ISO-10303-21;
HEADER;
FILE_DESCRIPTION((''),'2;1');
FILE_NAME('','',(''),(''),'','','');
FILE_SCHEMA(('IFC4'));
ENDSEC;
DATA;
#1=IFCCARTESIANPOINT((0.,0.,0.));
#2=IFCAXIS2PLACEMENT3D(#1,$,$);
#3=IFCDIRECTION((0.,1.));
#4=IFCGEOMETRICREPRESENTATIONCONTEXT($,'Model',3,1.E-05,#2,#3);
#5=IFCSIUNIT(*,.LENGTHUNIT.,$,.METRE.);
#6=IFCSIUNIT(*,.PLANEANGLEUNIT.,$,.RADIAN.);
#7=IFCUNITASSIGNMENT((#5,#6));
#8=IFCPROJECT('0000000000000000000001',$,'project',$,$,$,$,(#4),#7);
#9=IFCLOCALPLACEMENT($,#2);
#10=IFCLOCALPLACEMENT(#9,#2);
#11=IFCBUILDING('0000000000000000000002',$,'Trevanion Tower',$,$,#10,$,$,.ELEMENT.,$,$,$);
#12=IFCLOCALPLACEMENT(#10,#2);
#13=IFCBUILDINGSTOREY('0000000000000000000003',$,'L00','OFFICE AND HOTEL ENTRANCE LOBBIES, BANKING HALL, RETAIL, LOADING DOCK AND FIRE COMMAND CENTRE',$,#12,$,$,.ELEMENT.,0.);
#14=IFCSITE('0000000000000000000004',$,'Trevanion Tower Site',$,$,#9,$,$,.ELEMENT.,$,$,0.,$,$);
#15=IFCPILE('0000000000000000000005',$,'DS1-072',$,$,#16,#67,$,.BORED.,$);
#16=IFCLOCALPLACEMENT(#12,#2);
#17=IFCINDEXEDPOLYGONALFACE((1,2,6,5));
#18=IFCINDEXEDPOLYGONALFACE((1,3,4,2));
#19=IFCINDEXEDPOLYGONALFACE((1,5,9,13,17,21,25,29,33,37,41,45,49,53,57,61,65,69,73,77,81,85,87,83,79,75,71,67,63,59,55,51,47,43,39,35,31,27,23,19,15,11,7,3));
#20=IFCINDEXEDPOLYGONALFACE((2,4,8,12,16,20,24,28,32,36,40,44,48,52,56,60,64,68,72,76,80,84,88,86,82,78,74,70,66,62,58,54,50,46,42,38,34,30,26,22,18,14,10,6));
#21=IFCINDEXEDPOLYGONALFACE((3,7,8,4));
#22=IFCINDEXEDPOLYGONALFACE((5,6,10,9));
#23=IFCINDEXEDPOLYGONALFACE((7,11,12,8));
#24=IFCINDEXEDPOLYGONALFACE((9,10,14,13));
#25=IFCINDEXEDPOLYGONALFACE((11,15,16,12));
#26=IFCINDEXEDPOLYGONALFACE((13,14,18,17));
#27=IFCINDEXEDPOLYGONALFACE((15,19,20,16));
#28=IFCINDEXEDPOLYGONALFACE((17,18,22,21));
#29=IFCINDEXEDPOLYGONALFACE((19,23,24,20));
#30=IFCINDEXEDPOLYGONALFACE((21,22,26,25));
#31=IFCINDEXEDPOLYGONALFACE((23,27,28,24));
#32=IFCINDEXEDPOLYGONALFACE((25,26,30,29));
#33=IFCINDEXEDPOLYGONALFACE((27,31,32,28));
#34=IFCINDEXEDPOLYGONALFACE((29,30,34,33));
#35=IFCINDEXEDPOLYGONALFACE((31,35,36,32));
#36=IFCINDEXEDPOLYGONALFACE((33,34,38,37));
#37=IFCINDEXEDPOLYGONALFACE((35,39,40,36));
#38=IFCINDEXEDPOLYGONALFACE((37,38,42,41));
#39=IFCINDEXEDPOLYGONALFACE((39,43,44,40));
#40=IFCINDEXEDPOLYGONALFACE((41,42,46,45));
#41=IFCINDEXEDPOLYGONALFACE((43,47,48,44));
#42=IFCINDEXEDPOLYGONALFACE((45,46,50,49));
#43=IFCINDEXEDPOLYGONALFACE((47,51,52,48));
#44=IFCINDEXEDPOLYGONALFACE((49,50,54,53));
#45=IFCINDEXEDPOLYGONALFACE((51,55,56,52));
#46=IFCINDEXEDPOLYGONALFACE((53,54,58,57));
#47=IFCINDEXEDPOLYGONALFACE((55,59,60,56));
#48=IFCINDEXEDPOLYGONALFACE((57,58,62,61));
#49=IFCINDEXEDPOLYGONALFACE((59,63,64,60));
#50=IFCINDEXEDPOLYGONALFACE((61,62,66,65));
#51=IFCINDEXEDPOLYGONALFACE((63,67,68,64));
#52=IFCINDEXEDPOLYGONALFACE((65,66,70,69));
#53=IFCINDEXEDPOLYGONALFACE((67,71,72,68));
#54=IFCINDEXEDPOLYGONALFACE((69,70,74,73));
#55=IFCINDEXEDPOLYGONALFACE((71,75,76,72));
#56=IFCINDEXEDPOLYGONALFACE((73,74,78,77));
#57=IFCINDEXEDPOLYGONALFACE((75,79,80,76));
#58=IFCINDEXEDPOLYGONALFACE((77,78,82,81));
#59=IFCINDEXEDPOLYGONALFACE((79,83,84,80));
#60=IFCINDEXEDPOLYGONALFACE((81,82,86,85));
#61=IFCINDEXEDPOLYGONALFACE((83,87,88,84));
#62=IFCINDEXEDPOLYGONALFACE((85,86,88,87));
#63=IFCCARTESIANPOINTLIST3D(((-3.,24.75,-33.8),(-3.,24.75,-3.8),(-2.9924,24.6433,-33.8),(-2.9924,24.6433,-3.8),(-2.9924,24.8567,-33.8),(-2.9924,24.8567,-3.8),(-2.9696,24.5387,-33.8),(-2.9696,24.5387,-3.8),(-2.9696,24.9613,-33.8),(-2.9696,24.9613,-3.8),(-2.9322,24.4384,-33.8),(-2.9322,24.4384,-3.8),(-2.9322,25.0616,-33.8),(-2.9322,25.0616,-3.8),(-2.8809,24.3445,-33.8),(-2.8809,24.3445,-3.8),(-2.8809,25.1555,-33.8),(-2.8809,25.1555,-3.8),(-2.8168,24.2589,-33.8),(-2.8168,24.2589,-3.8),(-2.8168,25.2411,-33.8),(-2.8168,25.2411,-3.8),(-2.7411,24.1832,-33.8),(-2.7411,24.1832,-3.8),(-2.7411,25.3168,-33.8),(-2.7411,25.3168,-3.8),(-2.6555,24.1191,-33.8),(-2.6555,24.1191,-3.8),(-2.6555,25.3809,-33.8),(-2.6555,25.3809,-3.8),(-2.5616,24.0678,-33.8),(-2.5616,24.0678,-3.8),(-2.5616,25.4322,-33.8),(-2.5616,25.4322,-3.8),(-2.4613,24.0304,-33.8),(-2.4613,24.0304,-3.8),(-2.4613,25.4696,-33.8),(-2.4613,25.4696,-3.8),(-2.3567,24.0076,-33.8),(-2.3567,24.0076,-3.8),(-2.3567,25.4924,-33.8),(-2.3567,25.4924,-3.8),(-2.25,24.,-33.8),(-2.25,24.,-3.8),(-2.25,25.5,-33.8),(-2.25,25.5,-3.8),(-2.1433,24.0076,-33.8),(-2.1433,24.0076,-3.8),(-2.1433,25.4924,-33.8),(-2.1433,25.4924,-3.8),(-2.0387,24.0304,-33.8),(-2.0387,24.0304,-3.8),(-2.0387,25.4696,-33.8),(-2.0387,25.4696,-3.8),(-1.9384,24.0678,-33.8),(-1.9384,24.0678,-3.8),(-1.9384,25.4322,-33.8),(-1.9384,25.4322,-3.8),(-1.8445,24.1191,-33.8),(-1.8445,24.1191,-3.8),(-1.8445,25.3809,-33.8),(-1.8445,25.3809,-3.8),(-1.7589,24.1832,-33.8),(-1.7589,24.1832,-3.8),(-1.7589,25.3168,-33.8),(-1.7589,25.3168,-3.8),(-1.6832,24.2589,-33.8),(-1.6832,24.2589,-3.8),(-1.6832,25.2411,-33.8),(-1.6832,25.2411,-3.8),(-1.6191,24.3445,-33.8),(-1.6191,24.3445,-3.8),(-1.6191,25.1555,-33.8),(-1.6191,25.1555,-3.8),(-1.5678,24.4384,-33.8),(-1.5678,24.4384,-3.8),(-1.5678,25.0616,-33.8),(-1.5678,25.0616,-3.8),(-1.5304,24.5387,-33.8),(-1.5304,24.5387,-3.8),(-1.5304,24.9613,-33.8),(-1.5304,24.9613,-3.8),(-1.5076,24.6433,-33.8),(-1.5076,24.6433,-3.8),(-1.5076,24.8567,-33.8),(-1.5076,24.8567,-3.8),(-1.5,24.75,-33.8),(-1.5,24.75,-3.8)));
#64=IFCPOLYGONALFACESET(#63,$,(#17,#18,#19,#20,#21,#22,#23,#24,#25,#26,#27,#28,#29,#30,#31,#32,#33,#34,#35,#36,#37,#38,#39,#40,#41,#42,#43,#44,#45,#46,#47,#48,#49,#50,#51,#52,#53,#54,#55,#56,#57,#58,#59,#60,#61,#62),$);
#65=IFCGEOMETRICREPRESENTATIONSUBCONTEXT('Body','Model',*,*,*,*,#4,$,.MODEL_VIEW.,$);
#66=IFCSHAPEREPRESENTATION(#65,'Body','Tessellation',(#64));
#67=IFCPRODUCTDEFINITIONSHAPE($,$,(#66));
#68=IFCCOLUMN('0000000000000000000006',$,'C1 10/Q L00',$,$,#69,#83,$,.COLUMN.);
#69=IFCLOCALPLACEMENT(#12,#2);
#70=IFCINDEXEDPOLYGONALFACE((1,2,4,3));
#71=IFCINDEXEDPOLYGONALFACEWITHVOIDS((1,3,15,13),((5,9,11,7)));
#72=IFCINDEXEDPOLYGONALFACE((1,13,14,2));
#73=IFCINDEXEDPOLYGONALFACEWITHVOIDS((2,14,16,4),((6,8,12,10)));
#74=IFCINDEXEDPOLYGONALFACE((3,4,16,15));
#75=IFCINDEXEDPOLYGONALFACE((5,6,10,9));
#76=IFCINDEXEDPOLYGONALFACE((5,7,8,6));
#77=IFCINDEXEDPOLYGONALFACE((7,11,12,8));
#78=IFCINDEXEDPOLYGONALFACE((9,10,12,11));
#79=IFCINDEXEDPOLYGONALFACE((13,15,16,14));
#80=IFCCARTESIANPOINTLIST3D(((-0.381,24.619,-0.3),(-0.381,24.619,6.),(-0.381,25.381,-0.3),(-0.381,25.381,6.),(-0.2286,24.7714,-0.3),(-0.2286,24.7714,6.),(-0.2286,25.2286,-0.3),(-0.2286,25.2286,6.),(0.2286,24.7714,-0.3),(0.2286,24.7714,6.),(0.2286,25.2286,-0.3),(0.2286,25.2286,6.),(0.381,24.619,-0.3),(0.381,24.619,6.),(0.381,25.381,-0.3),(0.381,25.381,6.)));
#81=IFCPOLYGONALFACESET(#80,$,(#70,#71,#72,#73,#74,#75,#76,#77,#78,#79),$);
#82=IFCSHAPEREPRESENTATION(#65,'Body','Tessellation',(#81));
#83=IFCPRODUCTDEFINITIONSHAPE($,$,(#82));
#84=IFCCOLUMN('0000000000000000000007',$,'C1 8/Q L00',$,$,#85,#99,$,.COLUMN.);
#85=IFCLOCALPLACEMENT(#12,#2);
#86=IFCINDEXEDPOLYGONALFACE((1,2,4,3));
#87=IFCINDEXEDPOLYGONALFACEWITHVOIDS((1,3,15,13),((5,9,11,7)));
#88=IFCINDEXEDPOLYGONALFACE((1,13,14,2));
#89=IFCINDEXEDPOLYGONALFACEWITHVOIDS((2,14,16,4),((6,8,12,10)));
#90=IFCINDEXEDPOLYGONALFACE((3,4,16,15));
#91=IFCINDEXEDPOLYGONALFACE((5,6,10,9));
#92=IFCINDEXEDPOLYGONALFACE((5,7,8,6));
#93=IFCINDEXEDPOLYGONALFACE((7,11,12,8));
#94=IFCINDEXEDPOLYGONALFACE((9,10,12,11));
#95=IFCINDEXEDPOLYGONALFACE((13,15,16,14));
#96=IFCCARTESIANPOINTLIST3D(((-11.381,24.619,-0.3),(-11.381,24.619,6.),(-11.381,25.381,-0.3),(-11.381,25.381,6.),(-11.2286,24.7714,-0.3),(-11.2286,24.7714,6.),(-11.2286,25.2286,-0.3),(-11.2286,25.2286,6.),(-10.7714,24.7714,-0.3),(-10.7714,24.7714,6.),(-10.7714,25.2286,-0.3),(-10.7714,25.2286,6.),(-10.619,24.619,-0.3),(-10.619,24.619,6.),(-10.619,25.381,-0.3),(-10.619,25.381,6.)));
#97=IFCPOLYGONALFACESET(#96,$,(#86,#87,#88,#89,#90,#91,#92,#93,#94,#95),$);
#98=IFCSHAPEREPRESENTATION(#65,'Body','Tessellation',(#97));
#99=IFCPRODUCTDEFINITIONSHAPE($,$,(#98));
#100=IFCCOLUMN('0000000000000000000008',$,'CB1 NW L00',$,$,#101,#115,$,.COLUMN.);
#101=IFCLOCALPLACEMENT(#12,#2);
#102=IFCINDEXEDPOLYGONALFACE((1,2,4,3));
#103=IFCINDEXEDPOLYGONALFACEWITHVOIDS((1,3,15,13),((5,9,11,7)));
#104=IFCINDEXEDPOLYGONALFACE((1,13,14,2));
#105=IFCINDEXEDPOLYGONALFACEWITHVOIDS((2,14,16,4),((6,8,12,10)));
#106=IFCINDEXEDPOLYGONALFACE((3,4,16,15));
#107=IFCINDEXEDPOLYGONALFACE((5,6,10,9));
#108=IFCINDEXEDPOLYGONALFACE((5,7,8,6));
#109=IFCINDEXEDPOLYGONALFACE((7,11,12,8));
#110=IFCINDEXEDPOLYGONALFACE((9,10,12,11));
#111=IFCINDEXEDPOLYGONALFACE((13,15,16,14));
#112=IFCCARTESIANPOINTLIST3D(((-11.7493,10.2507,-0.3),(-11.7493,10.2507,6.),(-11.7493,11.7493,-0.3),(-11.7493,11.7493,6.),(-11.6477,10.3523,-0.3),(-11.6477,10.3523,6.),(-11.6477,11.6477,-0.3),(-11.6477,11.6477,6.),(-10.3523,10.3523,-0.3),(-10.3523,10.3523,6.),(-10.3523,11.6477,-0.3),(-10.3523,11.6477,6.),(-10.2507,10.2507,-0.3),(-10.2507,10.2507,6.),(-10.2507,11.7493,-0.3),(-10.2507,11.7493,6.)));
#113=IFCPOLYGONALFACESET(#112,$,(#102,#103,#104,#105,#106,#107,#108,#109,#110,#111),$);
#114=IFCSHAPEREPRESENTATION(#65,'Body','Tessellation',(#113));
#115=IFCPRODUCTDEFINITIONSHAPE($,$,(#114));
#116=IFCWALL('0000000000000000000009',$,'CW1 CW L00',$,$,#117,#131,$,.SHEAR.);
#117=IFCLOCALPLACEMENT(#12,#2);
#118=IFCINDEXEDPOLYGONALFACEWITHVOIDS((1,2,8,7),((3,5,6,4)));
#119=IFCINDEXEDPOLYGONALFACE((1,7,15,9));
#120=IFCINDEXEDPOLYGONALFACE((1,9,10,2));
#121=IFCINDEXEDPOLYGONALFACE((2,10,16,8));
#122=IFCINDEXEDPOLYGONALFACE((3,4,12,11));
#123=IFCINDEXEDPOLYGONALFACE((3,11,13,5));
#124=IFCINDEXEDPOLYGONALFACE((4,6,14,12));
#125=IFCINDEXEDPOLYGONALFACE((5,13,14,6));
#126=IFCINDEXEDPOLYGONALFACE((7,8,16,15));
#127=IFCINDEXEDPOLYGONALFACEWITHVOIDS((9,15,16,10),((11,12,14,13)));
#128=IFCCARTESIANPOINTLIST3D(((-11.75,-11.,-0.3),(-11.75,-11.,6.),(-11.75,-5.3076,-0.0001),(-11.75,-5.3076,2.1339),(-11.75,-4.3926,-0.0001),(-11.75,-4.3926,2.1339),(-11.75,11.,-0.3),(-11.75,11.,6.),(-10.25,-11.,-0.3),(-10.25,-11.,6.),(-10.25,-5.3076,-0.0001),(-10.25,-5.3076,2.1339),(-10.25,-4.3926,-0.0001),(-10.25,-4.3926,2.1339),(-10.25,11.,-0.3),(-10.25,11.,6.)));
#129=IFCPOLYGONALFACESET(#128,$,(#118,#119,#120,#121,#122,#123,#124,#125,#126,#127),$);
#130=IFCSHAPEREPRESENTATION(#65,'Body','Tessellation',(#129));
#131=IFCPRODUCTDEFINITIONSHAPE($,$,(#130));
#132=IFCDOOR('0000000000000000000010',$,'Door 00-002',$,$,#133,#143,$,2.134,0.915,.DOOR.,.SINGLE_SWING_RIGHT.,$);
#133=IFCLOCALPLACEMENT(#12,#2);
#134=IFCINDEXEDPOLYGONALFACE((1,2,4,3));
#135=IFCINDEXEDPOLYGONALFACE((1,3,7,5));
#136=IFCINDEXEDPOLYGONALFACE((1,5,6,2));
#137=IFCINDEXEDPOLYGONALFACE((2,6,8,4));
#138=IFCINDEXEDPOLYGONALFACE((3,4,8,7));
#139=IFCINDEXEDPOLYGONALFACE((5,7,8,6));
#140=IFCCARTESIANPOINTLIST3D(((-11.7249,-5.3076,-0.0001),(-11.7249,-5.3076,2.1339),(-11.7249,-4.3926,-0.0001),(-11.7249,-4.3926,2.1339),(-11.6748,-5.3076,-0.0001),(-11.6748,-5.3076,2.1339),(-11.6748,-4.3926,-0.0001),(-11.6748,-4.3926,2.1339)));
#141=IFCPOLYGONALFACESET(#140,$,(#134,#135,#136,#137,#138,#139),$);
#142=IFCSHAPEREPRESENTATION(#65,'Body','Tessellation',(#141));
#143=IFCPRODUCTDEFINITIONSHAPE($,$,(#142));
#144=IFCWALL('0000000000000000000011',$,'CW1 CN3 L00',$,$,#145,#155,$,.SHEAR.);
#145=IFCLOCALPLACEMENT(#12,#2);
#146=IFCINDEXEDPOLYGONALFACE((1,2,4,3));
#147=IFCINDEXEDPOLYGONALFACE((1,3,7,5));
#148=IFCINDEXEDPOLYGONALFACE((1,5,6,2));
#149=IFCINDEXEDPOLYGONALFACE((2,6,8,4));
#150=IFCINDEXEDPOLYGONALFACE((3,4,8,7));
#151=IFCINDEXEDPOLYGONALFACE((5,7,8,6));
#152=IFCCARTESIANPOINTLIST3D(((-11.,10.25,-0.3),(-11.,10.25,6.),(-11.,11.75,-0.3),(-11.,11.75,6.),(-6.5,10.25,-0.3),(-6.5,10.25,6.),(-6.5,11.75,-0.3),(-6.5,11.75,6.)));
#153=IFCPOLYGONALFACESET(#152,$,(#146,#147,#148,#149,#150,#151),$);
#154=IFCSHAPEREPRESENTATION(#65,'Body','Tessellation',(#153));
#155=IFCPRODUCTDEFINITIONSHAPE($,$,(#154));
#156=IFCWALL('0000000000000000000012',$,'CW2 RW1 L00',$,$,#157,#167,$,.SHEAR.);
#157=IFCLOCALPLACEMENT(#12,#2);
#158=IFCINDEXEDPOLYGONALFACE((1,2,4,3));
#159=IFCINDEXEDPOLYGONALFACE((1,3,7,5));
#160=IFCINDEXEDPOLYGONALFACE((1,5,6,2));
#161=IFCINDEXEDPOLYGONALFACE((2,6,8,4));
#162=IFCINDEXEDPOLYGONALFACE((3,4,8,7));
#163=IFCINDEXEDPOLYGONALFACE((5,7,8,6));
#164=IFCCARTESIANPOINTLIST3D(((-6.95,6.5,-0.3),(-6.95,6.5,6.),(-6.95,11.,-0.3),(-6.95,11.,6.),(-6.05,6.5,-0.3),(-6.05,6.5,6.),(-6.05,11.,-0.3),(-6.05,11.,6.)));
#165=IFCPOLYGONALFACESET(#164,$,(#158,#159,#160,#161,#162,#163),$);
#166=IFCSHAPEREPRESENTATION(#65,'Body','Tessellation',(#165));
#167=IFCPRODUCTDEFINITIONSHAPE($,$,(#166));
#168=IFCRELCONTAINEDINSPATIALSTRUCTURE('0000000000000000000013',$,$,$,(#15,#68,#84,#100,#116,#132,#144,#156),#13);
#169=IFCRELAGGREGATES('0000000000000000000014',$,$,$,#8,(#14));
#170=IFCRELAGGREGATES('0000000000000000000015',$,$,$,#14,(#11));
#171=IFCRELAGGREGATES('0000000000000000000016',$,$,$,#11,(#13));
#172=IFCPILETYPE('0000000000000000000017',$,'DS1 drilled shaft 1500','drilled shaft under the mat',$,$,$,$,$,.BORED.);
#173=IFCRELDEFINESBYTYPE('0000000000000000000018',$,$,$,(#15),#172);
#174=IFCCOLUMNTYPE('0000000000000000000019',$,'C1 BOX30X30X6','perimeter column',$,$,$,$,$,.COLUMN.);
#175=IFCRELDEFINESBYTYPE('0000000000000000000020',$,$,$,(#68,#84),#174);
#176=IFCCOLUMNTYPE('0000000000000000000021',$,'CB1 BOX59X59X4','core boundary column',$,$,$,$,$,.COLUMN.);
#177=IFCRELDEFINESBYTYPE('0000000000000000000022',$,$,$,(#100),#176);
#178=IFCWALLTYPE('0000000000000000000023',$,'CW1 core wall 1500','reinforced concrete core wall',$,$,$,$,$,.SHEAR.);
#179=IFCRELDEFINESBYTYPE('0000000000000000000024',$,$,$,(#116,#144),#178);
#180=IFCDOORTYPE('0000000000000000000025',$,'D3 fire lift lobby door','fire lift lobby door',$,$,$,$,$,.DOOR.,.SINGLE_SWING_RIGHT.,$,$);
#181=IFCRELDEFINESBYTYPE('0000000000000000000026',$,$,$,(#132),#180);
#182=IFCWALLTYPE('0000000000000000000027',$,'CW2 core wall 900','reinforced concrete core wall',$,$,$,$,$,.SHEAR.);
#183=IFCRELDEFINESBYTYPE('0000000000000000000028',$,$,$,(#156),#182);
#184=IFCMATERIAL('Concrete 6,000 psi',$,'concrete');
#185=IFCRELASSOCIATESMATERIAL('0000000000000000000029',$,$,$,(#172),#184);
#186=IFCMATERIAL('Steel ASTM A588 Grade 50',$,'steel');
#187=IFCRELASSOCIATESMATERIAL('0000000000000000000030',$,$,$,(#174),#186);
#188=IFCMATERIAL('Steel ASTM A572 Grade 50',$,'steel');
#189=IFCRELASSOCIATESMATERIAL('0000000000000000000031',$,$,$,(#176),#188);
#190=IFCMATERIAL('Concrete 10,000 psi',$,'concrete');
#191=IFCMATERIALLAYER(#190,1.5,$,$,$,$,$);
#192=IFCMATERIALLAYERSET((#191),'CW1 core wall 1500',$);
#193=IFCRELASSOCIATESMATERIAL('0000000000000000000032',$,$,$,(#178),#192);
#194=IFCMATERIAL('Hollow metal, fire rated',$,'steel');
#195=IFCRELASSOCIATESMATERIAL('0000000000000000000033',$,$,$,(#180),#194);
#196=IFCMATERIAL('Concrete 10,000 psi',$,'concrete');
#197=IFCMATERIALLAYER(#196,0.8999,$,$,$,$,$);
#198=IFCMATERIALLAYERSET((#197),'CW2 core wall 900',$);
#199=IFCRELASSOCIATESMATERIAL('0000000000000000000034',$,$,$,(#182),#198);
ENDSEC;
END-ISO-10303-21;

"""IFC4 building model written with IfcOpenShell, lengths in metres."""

from ifc_helpers import new_model, si_unit, direction, frame, frame_2d, origin, origin_2d, place, context, subcontext, project, spatial, rectangle, hollow_rectangle, circle, extrude, material, layer, layer_set, material_profile, profile_set, type_object, element, fill, save


model = new_model("IFC4")

# Units and contexts
model_context = context("Model", 3, precision=1e-05, world=origin(), true_north=direction((0.0, 1.0)))
body_context = subcontext(model_context, "Body", "Model", "MODEL_VIEW")
ifc_project = project(units=[si_unit("LENGTHUNIT", "METRE"), si_unit("PLANEANGLEUNIT", "RADIAN")], contexts=[model_context])

# Site, building, storey
site_placement = place(None, origin())
site = spatial("IfcSite", under=ifc_project, at=site_placement, Name="Trevanion Tower Site", CompositionType="ELEMENT", RefElevation=0.0)
building_placement = place(site_placement, origin())
building = spatial("IfcBuilding", under=site, at=building_placement, Name="Trevanion Tower", CompositionType="ELEMENT")
storey_placement = place(building_placement, origin())
storey = spatial("IfcBuildingStorey", under=building, at=storey_placement, Name="L00", Description="OFFICE AND HOTEL ENTRANCE LOBBIES, BANKING HALL, RETAIL, LOADING DOCK AND FIRE COMMAND CENTRE", CompositionType="ELEMENT", Elevation=0.0)

# Pile
ifc_material_1 = material(Name="Concrete 6,000 psi", Category="concrete")
ifc_material_profile_1 = material_profile(ifc_material_1, circle(Radius=0.75, at=origin_2d()), Name="DS1 drilled shaft 1500")
ifc_profile_set_1 = profile_set([ifc_material_profile_1], Name="Concrete 6,000 psi")
pile_type = type_object("IfcPileType", Name="DS1 drilled shaft 1500", Description="drilled shaft under the mat", PredefinedType="BORED", material=ifc_profile_set_1)
for number, where, z_axis, x_axis, name in (
    (1, (-2.25, 24.75, -3.8), (0.0, 0.0, -1.0), (1.0, 0.0, 0.0), "DS1-072"),
):
    element("IfcPile", number, at=place(storey_placement, frame(where, z_axis=z_axis, x_axis=x_axis)), inside=storey, type_object=pile_type, Name=name, PredefinedType="BORED", context=body_context, shape_type="SweptSolid", body=[
        extrude(circle(Radius=0.75, at=origin_2d()), origin(), (0.0, 0.0, 1.0), 30.0),
    ])

# Columns
ifc_material_2 = material(Name="Steel ASTM A588 Grade 50", Category="steel")
ifc_material_profile_2 = material_profile(ifc_material_2, hollow_rectangle(XDim=0.762, YDim=0.762, WallThickness=0.1523, at=origin_2d()), Name="BOX30X30X6")
ifc_profile_set_2 = profile_set([ifc_material_profile_2], Name="Steel ASTM A588 Grade 50")
column_type_1 = type_object("IfcColumnType", Name="C1 BOX30X30X6", Description="perimeter column", PredefinedType="COLUMN", material=ifc_profile_set_2)
for number, where, z_axis, x_axis, name in (
    (2, (0.0, 25.0, -0.3), (0.0, 0.0, 1.0), (1.0, 0.0, 0.0), "C1 10/Q L00"),
    (3, (-11.0, 25.0, -0.3), (0.0, 0.0, 1.0), (1.0, 0.0, 0.0), "C1 8/Q L00"),
):
    element("IfcColumn", number, at=place(storey_placement, frame(where, z_axis=z_axis, x_axis=x_axis)), inside=storey, type_object=column_type_1, Name=name, PredefinedType="COLUMN", context=body_context, shape_type="SweptSolid", body=[
        extrude(hollow_rectangle(XDim=0.762, YDim=0.762, WallThickness=0.1523, at=origin_2d()), origin(), (0.0, 0.0, 1.0), 6.3),
    ])
ifc_material_3 = material(Name="Steel ASTM A572 Grade 50", Category="steel")
ifc_material_profile_3 = material_profile(ifc_material_3, hollow_rectangle(XDim=1.4985, YDim=1.4985, WallThickness=0.1016, at=origin_2d()), Name="BOX59X59X4")
ifc_profile_set_3 = profile_set([ifc_material_profile_3], Name="Steel ASTM A572 Grade 50")
column_type_2 = type_object("IfcColumnType", Name="CB1 BOX59X59X4", Description="core boundary column", PredefinedType="COLUMN", material=ifc_profile_set_3)
column_placement = place(storey_placement, frame((-11.0, 11.0, -0.3), z_axis=(0.0, 0.0, 1.0), x_axis=(1.0, 0.0, 0.0)))
element("IfcColumn", 4, at=column_placement, inside=storey, type_object=column_type_2, Name="CB1 NW L00", PredefinedType="COLUMN", context=body_context, shape_type="SweptSolid", body=[
    extrude(hollow_rectangle(XDim=1.4985, YDim=1.4985, WallThickness=0.1016, at=origin_2d()), origin(), (0.0, 0.0, 1.0), 6.3),
])

# Wall, opening, door
ifc_material_4 = material(Name="Concrete 10,000 psi", Category="concrete")
ifc_layer_1 = layer(ifc_material_4, 1.5)
ifc_layer_set_1 = layer_set([ifc_layer_1], Name="CW1 core wall 1500")
wall_type_1 = type_object("IfcWallType", Name="CW1 core wall 1500", Description="reinforced concrete core wall", PredefinedType="SHEAR", material=ifc_layer_set_1)
wall_1_placement = place(storey_placement, frame((-11.0, 11.0, -0.3), z_axis=(0.0, 0.0, 1.0), x_axis=(0.0, -1.0, 0.0)))
wall_1 = element("IfcWall", 5, at=wall_1_placement, inside=storey, type_object=wall_type_1, Name="CW1 CW L00", PredefinedType="SHEAR", context=body_context, shape_type="SweptSolid", body=[
    extrude(rectangle(XDim=22.0, YDim=1.5, at=frame_2d((11.0, 0.0))), origin(), (0.0, 0.0, 1.0), 6.3),
])
opening_placement = place(wall_1_placement, frame((15.3926, 0.0, 0.3)))
opening = element("IfcOpeningElement", 6, at=opening_placement, cuts=wall_1, PredefinedType="OPENING", context=body_context, shape_type="SweptSolid", body=[
    extrude(rectangle(XDim=0.915, YDim=2.134, at=frame_2d((0.4575, 1.0669))), frame((0.0, 0.76, 0.0), z_axis=(0.0, -1.0, 0.0), x_axis=(1.0, 0.0, 0.0)), (0.0, 0.0, 1.0), 1.52),
])
ifc_material_5 = material(Name="Hollow metal, fire rated", Category="steel")
door_type = type_object("IfcDoorType", Name="D3 fire lift lobby door", Description="fire lift lobby door", OperationType="SINGLE_SWING_RIGHT", PredefinedType="DOOR", material=ifc_material_5)
door_placement = place(opening_placement, origin())
door = element("IfcDoor", 7, at=door_placement, inside=storey, type_object=door_type, Name="Door 00-002", OperationType="SINGLE_SWING_RIGHT", OverallHeight=2.134, OverallWidth=0.915, PredefinedType="DOOR", context=body_context, shape_type="SweptSolid", body=[
    extrude(rectangle(XDim=0.915, YDim=2.134, at=frame_2d((0.4575, 1.0669))), frame((0.0, -0.6748, 0.0), z_axis=(0.0, -1.0, 0.0), x_axis=(1.0, 0.0, 0.0)), (0.0, 0.0, 1.0), 0.05),
])
fill(opening, door)

# Walls
wall_2_placement = place(storey_placement, frame((-6.5, 11.0, -0.3), z_axis=(0.0, 0.0, 1.0), x_axis=(-1.0, 0.0, 0.0)))
element("IfcWall", 8, at=wall_2_placement, inside=storey, type_object=wall_type_1, Name="CW1 CN3 L00", PredefinedType="SHEAR", context=body_context, shape_type="SweptSolid", body=[
    extrude(rectangle(XDim=4.5, YDim=1.5, at=frame_2d((2.25, 0.0))), origin(), (0.0, 0.0, 1.0), 6.3),
])
ifc_material_6 = material(Name="Concrete 10,000 psi", Category="concrete")
ifc_layer_2 = layer(ifc_material_6, 0.8999)
ifc_layer_set_2 = layer_set([ifc_layer_2], Name="CW2 core wall 900")
wall_type_2 = type_object("IfcWallType", Name="CW2 core wall 900", Description="reinforced concrete core wall", PredefinedType="SHEAR", material=ifc_layer_set_2)
wall_3_placement = place(storey_placement, frame((-6.5, 11.0, -0.3), z_axis=(0.0, 0.0, 1.0), x_axis=(0.0, -1.0, 0.0)))
element("IfcWall", 9, at=wall_3_placement, inside=storey, type_object=wall_type_2, Name="CW2 RW1 L00", PredefinedType="SHEAR", context=body_context, shape_type="SweptSolid", body=[
    extrude(rectangle(XDim=4.5, YDim=0.8999, at=frame_2d((2.25, 0.0))), origin(), (0.0, 0.0, 1.0), 6.3),
])

save(model, "model.ifc")
